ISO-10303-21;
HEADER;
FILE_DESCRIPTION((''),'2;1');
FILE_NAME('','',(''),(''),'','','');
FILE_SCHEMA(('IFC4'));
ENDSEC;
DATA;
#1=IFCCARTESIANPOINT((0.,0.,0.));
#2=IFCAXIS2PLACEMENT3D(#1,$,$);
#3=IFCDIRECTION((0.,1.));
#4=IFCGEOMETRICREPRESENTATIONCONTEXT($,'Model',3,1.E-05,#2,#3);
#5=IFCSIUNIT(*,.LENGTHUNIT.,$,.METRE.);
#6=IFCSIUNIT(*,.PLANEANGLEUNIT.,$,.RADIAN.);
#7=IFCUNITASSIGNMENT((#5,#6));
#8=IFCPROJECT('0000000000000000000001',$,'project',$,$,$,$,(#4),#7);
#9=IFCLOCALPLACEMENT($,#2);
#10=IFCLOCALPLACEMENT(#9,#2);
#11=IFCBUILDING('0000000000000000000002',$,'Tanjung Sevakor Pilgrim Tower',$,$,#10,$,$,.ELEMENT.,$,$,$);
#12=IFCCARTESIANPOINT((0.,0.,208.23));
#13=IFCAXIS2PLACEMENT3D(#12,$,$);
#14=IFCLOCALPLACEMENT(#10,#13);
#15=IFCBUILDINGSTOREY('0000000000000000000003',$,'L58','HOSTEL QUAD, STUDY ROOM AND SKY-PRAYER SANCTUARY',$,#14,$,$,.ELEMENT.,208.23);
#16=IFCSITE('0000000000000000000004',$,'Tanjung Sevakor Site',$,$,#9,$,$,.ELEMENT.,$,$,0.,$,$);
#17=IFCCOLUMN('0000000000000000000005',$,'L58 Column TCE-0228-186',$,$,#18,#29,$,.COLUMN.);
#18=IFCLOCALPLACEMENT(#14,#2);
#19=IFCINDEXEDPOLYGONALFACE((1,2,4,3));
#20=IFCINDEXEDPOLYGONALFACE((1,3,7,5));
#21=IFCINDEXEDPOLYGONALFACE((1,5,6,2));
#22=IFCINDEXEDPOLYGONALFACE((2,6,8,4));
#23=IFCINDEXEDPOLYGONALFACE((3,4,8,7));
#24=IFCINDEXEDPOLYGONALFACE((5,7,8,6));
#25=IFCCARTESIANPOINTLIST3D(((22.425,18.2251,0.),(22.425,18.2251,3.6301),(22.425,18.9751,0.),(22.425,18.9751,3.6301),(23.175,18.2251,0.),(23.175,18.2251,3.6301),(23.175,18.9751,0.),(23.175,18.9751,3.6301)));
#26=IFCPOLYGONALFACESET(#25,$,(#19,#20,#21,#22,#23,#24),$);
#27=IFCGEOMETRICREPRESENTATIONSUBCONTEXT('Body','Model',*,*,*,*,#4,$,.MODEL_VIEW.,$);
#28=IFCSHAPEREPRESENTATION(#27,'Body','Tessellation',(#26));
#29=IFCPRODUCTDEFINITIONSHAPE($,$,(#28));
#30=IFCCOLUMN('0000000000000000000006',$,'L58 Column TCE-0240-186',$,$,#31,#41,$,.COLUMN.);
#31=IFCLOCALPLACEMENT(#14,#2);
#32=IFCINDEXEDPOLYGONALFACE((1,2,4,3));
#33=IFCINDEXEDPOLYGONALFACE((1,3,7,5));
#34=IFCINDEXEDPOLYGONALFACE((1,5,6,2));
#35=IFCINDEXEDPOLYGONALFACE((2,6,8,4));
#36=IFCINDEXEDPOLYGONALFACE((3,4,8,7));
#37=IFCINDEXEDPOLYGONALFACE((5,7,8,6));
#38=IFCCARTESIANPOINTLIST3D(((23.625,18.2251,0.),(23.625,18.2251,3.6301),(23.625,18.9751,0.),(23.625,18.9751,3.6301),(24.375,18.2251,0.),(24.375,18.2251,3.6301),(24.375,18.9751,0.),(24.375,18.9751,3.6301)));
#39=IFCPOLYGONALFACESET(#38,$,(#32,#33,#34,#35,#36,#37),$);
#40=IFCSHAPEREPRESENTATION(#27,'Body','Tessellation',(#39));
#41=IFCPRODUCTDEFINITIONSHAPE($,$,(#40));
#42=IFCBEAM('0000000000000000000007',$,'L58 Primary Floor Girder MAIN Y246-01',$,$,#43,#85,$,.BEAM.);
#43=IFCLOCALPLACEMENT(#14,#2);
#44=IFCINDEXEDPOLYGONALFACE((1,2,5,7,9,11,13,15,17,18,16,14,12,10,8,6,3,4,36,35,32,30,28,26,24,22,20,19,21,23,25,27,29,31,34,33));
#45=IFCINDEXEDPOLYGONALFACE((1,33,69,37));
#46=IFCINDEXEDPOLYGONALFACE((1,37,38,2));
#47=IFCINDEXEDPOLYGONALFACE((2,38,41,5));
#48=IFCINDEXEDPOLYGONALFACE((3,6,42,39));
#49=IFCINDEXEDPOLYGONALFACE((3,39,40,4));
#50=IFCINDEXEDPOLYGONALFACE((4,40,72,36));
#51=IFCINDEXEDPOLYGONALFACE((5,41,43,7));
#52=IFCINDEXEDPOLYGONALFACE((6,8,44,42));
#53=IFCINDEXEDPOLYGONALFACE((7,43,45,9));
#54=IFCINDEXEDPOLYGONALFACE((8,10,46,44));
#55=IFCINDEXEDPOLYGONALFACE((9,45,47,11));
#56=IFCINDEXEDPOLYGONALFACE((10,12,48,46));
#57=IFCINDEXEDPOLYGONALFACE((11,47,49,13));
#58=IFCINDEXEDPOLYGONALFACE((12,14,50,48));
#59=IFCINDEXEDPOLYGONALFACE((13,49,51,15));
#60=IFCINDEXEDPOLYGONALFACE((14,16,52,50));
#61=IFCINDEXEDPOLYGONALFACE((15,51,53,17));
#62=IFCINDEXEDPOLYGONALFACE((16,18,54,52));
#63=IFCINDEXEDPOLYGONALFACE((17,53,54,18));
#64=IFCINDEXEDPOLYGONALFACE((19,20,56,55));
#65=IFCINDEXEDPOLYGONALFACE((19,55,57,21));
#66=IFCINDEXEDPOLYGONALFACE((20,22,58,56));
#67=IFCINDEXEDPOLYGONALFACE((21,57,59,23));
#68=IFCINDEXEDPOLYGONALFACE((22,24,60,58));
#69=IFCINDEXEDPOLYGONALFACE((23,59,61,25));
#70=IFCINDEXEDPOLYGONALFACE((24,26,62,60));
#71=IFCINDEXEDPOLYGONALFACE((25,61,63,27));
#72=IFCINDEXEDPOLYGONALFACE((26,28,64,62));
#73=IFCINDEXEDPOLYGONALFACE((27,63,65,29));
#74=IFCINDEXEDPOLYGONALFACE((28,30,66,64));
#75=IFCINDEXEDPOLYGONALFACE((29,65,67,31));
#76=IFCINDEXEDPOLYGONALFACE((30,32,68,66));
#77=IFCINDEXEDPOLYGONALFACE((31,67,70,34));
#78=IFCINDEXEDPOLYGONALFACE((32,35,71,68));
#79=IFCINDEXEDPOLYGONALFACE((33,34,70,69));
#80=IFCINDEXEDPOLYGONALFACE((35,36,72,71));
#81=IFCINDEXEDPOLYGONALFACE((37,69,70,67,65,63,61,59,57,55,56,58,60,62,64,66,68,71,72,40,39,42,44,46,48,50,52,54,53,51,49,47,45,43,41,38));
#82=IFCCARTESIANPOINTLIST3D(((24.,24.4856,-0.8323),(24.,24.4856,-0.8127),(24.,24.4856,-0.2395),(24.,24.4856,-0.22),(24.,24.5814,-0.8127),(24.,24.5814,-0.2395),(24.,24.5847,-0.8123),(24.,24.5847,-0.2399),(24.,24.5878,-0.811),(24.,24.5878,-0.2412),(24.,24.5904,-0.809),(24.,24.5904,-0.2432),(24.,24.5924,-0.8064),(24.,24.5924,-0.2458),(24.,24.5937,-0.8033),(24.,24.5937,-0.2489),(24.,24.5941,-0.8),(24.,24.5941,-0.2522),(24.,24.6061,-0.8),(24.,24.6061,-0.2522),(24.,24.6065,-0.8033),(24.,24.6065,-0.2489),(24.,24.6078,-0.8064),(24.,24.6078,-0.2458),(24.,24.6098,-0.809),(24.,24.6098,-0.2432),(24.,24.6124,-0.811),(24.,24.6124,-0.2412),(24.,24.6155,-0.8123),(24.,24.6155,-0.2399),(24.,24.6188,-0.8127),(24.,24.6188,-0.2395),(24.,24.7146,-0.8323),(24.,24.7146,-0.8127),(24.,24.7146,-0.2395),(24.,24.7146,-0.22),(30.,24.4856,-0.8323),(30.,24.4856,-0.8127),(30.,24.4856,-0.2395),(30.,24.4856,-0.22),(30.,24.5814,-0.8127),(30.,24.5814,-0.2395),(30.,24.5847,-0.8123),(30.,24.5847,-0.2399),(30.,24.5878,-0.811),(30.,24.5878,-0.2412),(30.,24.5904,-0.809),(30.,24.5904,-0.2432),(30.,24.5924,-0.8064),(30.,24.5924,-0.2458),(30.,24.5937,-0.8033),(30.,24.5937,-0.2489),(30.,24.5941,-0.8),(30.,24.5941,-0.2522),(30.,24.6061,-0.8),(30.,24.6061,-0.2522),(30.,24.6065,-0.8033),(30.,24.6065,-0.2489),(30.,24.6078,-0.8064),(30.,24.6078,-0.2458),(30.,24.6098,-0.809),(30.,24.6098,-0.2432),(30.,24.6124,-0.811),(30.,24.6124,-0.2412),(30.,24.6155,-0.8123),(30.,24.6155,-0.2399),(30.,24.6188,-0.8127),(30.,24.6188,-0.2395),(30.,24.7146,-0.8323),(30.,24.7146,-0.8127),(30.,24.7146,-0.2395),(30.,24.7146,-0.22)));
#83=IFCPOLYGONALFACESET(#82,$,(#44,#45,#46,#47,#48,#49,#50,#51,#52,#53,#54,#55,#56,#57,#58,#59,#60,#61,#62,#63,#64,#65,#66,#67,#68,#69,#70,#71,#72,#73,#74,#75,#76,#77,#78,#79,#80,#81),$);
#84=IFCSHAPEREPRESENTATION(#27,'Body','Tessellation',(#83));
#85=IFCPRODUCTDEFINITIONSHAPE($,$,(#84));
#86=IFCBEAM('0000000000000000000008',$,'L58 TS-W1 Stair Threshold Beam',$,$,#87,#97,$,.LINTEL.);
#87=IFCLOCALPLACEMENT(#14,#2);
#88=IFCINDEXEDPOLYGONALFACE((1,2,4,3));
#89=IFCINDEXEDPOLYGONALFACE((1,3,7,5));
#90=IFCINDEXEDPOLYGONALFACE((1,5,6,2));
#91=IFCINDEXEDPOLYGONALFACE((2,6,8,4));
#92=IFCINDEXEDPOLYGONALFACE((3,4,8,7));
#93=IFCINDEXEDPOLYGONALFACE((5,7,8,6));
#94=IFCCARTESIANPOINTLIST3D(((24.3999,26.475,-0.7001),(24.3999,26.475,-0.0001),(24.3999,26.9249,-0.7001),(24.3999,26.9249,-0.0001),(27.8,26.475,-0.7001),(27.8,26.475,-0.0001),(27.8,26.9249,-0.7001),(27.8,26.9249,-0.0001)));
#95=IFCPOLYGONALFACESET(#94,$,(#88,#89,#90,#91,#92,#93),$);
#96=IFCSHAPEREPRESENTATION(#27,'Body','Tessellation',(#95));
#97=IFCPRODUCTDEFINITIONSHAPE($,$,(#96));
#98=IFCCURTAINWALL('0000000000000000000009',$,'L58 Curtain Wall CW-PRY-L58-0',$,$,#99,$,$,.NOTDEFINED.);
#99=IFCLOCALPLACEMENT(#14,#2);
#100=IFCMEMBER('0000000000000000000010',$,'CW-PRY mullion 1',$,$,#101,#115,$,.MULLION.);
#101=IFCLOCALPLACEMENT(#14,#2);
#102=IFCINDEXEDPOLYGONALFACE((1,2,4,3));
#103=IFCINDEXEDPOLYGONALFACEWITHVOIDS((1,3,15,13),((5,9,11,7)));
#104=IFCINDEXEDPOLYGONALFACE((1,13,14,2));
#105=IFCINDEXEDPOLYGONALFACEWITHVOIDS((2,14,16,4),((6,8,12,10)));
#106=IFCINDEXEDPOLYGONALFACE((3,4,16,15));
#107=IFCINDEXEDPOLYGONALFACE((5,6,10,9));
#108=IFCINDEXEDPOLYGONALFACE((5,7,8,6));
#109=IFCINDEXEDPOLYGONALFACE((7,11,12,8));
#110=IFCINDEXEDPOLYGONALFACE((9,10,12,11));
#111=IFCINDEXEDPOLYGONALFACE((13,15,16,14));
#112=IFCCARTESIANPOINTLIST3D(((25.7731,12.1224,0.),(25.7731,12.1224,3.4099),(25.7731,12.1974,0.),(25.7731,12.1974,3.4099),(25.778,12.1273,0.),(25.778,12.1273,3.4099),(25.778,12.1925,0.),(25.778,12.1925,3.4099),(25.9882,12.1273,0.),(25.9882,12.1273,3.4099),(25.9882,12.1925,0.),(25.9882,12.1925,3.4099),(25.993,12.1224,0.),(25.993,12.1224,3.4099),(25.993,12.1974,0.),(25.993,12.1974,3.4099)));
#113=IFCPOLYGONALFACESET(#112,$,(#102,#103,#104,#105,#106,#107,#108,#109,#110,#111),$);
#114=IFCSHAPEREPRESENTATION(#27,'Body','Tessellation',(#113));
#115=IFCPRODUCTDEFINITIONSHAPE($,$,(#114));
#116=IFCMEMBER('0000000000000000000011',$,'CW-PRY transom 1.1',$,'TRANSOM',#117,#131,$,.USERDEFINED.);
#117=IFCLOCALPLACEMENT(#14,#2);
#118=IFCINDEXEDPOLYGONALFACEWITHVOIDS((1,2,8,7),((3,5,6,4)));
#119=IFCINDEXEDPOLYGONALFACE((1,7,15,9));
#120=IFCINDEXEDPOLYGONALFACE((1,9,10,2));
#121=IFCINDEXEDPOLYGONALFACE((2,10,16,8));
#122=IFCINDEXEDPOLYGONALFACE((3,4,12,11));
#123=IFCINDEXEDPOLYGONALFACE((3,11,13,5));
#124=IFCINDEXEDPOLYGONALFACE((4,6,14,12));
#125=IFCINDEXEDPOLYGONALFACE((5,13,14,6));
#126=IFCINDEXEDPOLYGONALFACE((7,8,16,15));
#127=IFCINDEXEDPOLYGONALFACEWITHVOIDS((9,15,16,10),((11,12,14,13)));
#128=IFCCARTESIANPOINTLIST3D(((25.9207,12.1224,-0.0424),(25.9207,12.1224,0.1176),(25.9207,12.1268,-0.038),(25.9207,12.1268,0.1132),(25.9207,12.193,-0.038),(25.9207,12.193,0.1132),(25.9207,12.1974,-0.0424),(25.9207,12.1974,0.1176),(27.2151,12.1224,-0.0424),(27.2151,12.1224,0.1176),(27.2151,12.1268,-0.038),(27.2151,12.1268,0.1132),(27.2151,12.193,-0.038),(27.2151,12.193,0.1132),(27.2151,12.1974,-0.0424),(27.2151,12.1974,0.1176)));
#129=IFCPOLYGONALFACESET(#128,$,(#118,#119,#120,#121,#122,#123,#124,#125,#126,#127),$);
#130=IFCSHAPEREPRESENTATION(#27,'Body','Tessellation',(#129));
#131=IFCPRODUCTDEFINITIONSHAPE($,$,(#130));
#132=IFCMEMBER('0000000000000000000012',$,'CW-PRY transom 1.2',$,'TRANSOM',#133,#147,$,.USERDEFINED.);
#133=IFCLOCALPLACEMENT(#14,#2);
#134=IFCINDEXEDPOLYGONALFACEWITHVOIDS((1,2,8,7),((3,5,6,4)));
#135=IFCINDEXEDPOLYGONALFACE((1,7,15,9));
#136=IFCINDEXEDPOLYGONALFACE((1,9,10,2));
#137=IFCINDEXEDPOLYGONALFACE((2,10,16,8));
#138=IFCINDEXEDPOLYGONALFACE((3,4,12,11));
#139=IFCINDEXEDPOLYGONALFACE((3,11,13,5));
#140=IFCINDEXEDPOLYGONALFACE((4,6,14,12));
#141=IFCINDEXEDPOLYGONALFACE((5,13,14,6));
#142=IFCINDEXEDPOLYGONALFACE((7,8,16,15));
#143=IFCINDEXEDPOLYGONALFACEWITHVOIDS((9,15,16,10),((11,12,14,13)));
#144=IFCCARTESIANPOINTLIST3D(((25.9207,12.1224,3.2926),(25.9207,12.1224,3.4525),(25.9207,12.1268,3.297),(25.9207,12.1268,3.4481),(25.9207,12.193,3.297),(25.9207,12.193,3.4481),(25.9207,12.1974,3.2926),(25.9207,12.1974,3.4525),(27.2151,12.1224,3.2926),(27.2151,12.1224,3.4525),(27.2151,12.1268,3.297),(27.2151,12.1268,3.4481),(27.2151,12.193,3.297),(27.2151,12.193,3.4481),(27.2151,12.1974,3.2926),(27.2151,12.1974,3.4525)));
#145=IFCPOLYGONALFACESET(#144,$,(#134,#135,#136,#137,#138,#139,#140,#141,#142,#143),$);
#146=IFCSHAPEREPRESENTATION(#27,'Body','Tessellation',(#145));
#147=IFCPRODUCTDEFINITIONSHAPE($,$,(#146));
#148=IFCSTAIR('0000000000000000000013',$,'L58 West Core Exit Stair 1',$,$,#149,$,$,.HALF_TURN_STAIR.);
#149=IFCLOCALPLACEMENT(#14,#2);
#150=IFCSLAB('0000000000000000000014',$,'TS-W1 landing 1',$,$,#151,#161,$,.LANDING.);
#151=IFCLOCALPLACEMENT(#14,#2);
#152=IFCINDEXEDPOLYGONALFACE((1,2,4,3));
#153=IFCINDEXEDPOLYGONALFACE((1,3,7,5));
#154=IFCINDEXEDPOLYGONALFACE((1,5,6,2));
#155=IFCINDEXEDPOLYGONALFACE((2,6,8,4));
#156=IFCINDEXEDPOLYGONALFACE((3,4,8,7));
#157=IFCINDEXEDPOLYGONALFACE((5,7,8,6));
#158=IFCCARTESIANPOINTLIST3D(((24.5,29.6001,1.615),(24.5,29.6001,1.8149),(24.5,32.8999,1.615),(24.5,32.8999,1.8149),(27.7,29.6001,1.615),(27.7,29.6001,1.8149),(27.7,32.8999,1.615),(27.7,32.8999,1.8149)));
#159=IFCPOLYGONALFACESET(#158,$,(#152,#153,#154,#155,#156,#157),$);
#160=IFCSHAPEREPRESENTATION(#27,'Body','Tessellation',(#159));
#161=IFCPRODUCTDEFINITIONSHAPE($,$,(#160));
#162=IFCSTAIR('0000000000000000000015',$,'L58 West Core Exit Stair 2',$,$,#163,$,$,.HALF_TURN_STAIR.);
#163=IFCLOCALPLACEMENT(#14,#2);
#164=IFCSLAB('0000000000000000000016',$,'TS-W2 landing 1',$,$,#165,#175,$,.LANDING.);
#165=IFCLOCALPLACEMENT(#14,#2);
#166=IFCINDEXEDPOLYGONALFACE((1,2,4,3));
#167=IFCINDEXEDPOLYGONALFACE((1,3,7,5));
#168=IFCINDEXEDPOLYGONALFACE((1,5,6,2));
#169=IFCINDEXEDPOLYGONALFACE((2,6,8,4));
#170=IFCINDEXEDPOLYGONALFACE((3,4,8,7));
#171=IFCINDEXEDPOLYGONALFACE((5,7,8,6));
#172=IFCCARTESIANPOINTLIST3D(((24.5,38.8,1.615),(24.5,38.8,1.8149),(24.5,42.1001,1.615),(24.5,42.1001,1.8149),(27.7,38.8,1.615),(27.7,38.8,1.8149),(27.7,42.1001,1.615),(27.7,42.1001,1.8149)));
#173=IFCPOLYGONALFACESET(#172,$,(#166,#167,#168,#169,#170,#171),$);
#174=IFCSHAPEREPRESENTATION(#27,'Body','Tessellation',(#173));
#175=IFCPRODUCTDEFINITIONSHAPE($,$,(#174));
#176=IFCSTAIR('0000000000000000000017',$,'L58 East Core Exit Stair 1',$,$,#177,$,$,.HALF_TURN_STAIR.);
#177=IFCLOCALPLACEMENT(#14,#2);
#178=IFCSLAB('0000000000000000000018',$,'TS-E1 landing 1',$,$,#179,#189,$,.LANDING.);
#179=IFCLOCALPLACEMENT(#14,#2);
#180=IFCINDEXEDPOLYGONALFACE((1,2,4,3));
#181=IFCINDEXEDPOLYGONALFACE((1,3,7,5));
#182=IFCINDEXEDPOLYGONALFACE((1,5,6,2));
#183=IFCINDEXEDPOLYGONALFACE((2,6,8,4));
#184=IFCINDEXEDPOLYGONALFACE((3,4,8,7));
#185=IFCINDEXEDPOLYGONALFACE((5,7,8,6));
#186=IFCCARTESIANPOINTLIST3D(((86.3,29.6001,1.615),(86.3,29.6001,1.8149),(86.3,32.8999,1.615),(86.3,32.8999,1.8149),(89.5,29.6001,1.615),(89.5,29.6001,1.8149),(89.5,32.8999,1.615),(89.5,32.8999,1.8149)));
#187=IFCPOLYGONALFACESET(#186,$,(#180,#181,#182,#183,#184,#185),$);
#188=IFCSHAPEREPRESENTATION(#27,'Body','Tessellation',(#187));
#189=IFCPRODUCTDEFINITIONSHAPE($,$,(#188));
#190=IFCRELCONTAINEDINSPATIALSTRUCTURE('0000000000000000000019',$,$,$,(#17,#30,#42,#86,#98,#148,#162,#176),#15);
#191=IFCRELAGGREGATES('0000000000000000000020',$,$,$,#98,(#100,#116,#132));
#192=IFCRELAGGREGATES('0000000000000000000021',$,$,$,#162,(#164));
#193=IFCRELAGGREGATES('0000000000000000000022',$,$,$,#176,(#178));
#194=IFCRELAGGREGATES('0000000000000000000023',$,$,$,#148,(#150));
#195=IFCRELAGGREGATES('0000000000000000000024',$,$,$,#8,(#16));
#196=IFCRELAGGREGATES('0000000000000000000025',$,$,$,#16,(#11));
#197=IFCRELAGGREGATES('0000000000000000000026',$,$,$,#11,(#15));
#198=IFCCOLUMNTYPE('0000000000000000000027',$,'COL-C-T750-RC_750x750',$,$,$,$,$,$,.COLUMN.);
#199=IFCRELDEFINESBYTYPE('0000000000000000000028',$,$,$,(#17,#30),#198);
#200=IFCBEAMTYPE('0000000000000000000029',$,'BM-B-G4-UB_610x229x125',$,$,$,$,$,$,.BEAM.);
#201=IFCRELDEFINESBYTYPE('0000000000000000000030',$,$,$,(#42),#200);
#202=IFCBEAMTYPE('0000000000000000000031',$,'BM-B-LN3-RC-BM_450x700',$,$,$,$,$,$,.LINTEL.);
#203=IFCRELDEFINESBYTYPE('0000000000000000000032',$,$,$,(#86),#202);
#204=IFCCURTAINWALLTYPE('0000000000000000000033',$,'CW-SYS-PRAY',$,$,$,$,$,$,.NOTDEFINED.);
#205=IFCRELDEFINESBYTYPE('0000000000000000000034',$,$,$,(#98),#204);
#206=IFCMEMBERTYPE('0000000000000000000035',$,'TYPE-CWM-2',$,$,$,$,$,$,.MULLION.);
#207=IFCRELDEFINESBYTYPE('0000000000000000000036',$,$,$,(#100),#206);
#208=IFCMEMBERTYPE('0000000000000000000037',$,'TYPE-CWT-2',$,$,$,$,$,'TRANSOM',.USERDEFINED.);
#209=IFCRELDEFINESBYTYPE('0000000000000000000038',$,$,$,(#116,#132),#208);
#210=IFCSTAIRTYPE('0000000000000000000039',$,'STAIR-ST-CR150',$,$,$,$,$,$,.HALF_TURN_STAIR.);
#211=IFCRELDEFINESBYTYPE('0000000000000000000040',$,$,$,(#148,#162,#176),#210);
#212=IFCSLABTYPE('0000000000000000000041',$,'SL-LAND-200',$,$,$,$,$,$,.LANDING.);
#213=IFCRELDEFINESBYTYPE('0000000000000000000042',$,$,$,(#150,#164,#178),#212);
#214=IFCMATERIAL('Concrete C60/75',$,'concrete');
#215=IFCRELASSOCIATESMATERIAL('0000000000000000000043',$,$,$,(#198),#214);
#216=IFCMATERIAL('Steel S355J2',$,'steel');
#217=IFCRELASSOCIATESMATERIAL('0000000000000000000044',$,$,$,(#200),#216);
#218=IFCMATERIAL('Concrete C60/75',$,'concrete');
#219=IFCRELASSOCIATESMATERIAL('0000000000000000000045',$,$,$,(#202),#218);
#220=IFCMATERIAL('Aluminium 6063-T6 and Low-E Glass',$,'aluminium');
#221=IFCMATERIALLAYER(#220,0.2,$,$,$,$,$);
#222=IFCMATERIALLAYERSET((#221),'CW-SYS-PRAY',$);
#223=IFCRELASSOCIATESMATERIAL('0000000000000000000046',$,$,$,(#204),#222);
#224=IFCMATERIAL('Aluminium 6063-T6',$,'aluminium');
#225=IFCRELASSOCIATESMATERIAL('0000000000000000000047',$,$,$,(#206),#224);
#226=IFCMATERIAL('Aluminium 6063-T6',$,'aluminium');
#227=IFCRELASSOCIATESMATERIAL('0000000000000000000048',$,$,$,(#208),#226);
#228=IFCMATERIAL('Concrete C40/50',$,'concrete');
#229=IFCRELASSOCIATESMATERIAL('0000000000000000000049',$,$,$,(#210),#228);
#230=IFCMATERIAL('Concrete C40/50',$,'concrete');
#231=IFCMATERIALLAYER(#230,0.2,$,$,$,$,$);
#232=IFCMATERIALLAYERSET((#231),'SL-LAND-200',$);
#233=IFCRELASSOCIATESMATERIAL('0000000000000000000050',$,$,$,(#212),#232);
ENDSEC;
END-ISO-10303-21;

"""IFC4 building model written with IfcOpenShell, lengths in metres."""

from ifc_helpers import new_model, si_unit, direction, frame, origin, origin_2d, place, context, subcontext, project, spatial, polyline, rectangle, hollow_rectangle, i_section, outline, extrude, material, layer, layer_set, material_profile, profile_set, type_object, element, aggregate, save


model = new_model("IFC4")

# Units and contexts
model_context = context("Model", 3, precision=1e-05, world=origin(), true_north=direction((0.0, 1.0)))
body_context = subcontext(model_context, "Body", "Model", "MODEL_VIEW")
ifc_project = project(units=[si_unit("LENGTHUNIT", "METRE"), si_unit("PLANEANGLEUNIT", "RADIAN")], contexts=[model_context])

# Site, building, storey
site_placement = place(None, origin())
site = spatial("IfcSite", under=ifc_project, at=site_placement, Name="Tanjung Sevakor Site", CompositionType="ELEMENT", RefElevation=0.0)
building_placement = place(site_placement, origin())
building = spatial("IfcBuilding", under=site, at=building_placement, Name="Tanjung Sevakor Pilgrim Tower", CompositionType="ELEMENT")
storey_placement = place(building_placement, frame((0.0, 0.0, 208.23)))
storey = spatial("IfcBuildingStorey", under=building, at=storey_placement, Name="L58", Description="HOSTEL QUAD, STUDY ROOM AND SKY-PRAYER SANCTUARY", CompositionType="ELEMENT", Elevation=208.23)

# Columns
ifc_material_1 = material(Name="Concrete C60/75", Category="concrete")
ifc_material_profile_1 = material_profile(ifc_material_1, rectangle(XDim=0.75, YDim=0.75, at=origin_2d()))
ifc_profile_set_1 = profile_set([ifc_material_profile_1], Name="Concrete C60/75")
column_type = type_object("IfcColumnType", Name="COL-C-T750-RC_750x750", PredefinedType="COLUMN", material=ifc_profile_set_1)
for number, where, z_axis, x_axis, name in (
    (1, (22.8, 18.6001, 0.0), (0.0, 0.0, 1.0), (1.0, 0.0, 0.0), "L58 Column TCE-0228-186"),
    (2, (24.0, 18.6001, 0.0), (0.0, 0.0, 1.0), (1.0, 0.0, 0.0), "L58 Column TCE-0240-186"),
):
    element("IfcColumn", number, at=place(storey_placement, frame(where, z_axis=z_axis, x_axis=x_axis)), inside=storey, type_object=column_type, Name=name, PredefinedType="COLUMN", context=body_context, shape_type="SweptSolid", body=[
        extrude(rectangle(XDim=0.75, YDim=0.75, at=origin_2d()), origin(), (0.0, 0.0, 1.0), 3.6301),
    ])

# Beams
ifc_material_2 = material(Name="Steel S355J2", Category="steel")
ifc_material_profile_2 = material_profile(ifc_material_2, i_section(OverallWidth=0.229, OverallDepth=0.6123, WebThickness=0.012, FlangeThickness=0.0195, FilletRadius=0.0127, at=origin_2d()))
ifc_profile_set_2 = profile_set([ifc_material_profile_2], Name="Steel S355J2")
beam_type_1 = type_object("IfcBeamType", Name="BM-B-G4-UB_610x229x125", PredefinedType="BEAM", material=ifc_profile_set_2)
beam_1_placement = place(storey_placement, frame((24.0, 24.6001, -0.5261), z_axis=(1.0, 0.0, 0.0), x_axis=(0.0, 1.0, 0.0)))
element("IfcBeam", 3, at=beam_1_placement, inside=storey, type_object=beam_type_1, Name="L58 Primary Floor Girder MAIN Y246-01", PredefinedType="BEAM", context=body_context, shape_type="SweptSolid", body=[
    extrude(i_section(OverallWidth=0.229, OverallDepth=0.6123, WebThickness=0.012, FlangeThickness=0.0195, FilletRadius=0.0127, at=origin_2d()), origin(), (0.0, 0.0, 1.0), 6.0),
])
ifc_material_3 = material(Name="Concrete C60/75", Category="concrete")
ifc_material_profile_3 = material_profile(ifc_material_3, rectangle(XDim=0.45, YDim=0.7, at=origin_2d()))
ifc_profile_set_3 = profile_set([ifc_material_profile_3], Name="Concrete C60/75")
beam_type_2 = type_object("IfcBeamType", Name="BM-B-LN3-RC-BM_450x700", PredefinedType="LINTEL", material=ifc_profile_set_3)
beam_2_placement = place(storey_placement, frame((24.3999, 26.7, -0.3501), z_axis=(1.0, 0.0, 0.0), x_axis=(0.0, 1.0, 0.0)))
element("IfcBeam", 4, at=beam_2_placement, inside=storey, type_object=beam_type_2, Name="L58 TS-W1 Stair Threshold Beam", PredefinedType="LINTEL", context=body_context, shape_type="SweptSolid", body=[
    extrude(rectangle(XDim=0.45, YDim=0.7, at=origin_2d()), origin(), (0.0, 0.0, 1.0), 3.4001),
])

# Curtain wall, members
ifc_material_4 = material(Name="Aluminium 6063-T6 and Low-E Glass", Category="aluminium")
ifc_layer_1 = layer(ifc_material_4, 0.2)
ifc_layer_set_1 = layer_set([ifc_layer_1], Name="CW-SYS-PRAY")
curtain_wall_type = type_object("IfcCurtainWallType", Name="CW-SYS-PRAY", PredefinedType="NOTDEFINED", material=ifc_layer_set_1)
curtain_wall_placement = place(storey_placement, origin())
curtain_wall = element("IfcCurtainWall", 5, at=curtain_wall_placement, inside=storey, type_object=curtain_wall_type, Name="L58 Curtain Wall CW-PRY-L58-0", PredefinedType="NOTDEFINED")
ifc_material_5 = material(Name="Aluminium 6063-T6", Category="aluminium")
ifc_material_profile_4 = material_profile(ifc_material_5, hollow_rectangle(XDim=0.075, YDim=0.22, WallThickness=0.0049, at=origin_2d()))
ifc_profile_set_4 = profile_set([ifc_material_profile_4], Name="Aluminium 6063-T6")
member_type_1 = type_object("IfcMemberType", Name="TYPE-CWM-2", PredefinedType="MULLION", material=ifc_profile_set_4)
member_1_placement = place(storey_placement, frame((25.8831, 12.1599, 0.0), z_axis=(0.0, 0.0, 1.0), x_axis=(0.0, 1.0, 0.0)))
member_1 = element("IfcMember", 6, at=member_1_placement, type_object=member_type_1, Name="CW-PRY mullion 1", PredefinedType="MULLION", context=body_context, shape_type="SweptSolid", body=[
    extrude(hollow_rectangle(XDim=0.075, YDim=0.22, WallThickness=0.0049, at=origin_2d()), origin(), (0.0, 0.0, 1.0), 3.4099),
])
ifc_material_6 = material(Name="Aluminium 6063-T6", Category="aluminium")
ifc_material_profile_5 = material_profile(ifc_material_6, hollow_rectangle(XDim=0.075, YDim=0.1599, WallThickness=0.0044, at=origin_2d()))
ifc_profile_set_5 = profile_set([ifc_material_profile_5], Name="Aluminium 6063-T6")
member_type_2 = type_object("IfcMemberType", Name="TYPE-CWT-2", ElementType="TRANSOM", PredefinedType="USERDEFINED", material=ifc_profile_set_5)
member_2_placement = place(storey_placement, frame((25.9207, 12.1599, 0.0376), z_axis=(1.0, 0.0, 0.0), x_axis=(0.0, 1.0, 0.0)))
member_2 = element("IfcMember", 7, at=member_2_placement, type_object=member_type_2, Name="CW-PRY transom 1.1", ObjectType="TRANSOM", PredefinedType="USERDEFINED", context=body_context, shape_type="SweptSolid", body=[
    extrude(hollow_rectangle(XDim=0.075, YDim=0.1599, WallThickness=0.0044, at=origin_2d()), origin(), (0.0, 0.0, 1.0), 1.2944),
])
member_3_placement = place(storey_placement, frame((25.9207, 12.1599, 3.3726), z_axis=(1.0, 0.0, 0.0), x_axis=(0.0, 1.0, 0.0)))
member_3 = element("IfcMember", 8, at=member_3_placement, type_object=member_type_2, Name="CW-PRY transom 1.2", ObjectType="TRANSOM", PredefinedType="USERDEFINED", context=body_context, shape_type="SweptSolid", body=[
    extrude(hollow_rectangle(XDim=0.075, YDim=0.1599, WallThickness=0.0044, at=origin_2d()), origin(), (0.0, 0.0, 1.0), 1.2944),
])
aggregate(curtain_wall, [member_1, member_2, member_3])

# Stairs, slabs
ifc_material_7 = material(Name="Concrete C40/50", Category="concrete")
stair_type = type_object("IfcStairType", Name="STAIR-ST-CR150", PredefinedType="HALF_TURN_STAIR", material=ifc_material_7)
stair_1_placement = place(storey_placement, origin())
stair_1 = element("IfcStair", 9, at=stair_1_placement, inside=storey, type_object=stair_type, Name="L58 West Core Exit Stair 1", PredefinedType="HALF_TURN_STAIR")
ifc_material_8 = material(Name="Concrete C40/50", Category="concrete")
ifc_layer_2 = layer(ifc_material_8, 0.2)
ifc_layer_set_2 = layer_set([ifc_layer_2], Name="SL-LAND-200")
slab_type_1 = type_object("IfcSlabType", Name="SL-LAND-200", PredefinedType="LANDING", material=ifc_layer_set_2)
slab_1_placement = place(storey_placement, frame((0.0, 0.0, 1.615)))
slab_1 = element("IfcSlab", 10, at=slab_1_placement, type_object=slab_type_1, Name="TS-W1 landing 1", PredefinedType="LANDING", context=body_context, shape_type="SweptSolid", body=[
    extrude(outline(polyline([(27.7, 29.6001), (27.7, 32.8999), (24.5, 32.8999), (24.5, 29.6001), (27.7, 29.6001)])), origin(), (0.0, 0.0, 1.0), 0.2),
])
stair_2_placement = place(storey_placement, origin())
stair_2 = element("IfcStair", 11, at=stair_2_placement, inside=storey, type_object=stair_type, Name="L58 West Core Exit Stair 2", PredefinedType="HALF_TURN_STAIR")
slab_2_placement = place(storey_placement, frame((0.0, 0.0, 1.615)))
slab_2 = element("IfcSlab", 12, at=slab_2_placement, type_object=slab_type_1, Name="TS-W2 landing 1", PredefinedType="LANDING", context=body_context, shape_type="SweptSolid", body=[
    extrude(outline(polyline([(27.7, 38.8), (27.7, 42.1001), (24.5, 42.1001), (24.5, 38.8), (27.7, 38.8)])), origin(), (0.0, 0.0, 1.0), 0.2),
])
aggregate(stair_2, [slab_2])
stair_3_placement = place(storey_placement, origin())
stair_3 = element("IfcStair", 13, at=stair_3_placement, inside=storey, type_object=stair_type, Name="L58 East Core Exit Stair 1", PredefinedType="HALF_TURN_STAIR")
slab_3_placement = place(storey_placement, frame((0.0, 0.0, 1.615)))
slab_3 = element("IfcSlab", 14, at=slab_3_placement, type_object=slab_type_1, Name="TS-E1 landing 1", PredefinedType="LANDING", context=body_context, shape_type="SweptSolid", body=[
    extrude(outline(polyline([(89.5, 29.6001), (89.5, 32.8999), (86.3, 32.8999), (86.3, 29.6001), (89.5, 29.6001)])), origin(), (0.0, 0.0, 1.0), 0.2),
])
aggregate(stair_3, [slab_3])

aggregate(stair_1, [slab_1])

save(model, "model.ifc")
